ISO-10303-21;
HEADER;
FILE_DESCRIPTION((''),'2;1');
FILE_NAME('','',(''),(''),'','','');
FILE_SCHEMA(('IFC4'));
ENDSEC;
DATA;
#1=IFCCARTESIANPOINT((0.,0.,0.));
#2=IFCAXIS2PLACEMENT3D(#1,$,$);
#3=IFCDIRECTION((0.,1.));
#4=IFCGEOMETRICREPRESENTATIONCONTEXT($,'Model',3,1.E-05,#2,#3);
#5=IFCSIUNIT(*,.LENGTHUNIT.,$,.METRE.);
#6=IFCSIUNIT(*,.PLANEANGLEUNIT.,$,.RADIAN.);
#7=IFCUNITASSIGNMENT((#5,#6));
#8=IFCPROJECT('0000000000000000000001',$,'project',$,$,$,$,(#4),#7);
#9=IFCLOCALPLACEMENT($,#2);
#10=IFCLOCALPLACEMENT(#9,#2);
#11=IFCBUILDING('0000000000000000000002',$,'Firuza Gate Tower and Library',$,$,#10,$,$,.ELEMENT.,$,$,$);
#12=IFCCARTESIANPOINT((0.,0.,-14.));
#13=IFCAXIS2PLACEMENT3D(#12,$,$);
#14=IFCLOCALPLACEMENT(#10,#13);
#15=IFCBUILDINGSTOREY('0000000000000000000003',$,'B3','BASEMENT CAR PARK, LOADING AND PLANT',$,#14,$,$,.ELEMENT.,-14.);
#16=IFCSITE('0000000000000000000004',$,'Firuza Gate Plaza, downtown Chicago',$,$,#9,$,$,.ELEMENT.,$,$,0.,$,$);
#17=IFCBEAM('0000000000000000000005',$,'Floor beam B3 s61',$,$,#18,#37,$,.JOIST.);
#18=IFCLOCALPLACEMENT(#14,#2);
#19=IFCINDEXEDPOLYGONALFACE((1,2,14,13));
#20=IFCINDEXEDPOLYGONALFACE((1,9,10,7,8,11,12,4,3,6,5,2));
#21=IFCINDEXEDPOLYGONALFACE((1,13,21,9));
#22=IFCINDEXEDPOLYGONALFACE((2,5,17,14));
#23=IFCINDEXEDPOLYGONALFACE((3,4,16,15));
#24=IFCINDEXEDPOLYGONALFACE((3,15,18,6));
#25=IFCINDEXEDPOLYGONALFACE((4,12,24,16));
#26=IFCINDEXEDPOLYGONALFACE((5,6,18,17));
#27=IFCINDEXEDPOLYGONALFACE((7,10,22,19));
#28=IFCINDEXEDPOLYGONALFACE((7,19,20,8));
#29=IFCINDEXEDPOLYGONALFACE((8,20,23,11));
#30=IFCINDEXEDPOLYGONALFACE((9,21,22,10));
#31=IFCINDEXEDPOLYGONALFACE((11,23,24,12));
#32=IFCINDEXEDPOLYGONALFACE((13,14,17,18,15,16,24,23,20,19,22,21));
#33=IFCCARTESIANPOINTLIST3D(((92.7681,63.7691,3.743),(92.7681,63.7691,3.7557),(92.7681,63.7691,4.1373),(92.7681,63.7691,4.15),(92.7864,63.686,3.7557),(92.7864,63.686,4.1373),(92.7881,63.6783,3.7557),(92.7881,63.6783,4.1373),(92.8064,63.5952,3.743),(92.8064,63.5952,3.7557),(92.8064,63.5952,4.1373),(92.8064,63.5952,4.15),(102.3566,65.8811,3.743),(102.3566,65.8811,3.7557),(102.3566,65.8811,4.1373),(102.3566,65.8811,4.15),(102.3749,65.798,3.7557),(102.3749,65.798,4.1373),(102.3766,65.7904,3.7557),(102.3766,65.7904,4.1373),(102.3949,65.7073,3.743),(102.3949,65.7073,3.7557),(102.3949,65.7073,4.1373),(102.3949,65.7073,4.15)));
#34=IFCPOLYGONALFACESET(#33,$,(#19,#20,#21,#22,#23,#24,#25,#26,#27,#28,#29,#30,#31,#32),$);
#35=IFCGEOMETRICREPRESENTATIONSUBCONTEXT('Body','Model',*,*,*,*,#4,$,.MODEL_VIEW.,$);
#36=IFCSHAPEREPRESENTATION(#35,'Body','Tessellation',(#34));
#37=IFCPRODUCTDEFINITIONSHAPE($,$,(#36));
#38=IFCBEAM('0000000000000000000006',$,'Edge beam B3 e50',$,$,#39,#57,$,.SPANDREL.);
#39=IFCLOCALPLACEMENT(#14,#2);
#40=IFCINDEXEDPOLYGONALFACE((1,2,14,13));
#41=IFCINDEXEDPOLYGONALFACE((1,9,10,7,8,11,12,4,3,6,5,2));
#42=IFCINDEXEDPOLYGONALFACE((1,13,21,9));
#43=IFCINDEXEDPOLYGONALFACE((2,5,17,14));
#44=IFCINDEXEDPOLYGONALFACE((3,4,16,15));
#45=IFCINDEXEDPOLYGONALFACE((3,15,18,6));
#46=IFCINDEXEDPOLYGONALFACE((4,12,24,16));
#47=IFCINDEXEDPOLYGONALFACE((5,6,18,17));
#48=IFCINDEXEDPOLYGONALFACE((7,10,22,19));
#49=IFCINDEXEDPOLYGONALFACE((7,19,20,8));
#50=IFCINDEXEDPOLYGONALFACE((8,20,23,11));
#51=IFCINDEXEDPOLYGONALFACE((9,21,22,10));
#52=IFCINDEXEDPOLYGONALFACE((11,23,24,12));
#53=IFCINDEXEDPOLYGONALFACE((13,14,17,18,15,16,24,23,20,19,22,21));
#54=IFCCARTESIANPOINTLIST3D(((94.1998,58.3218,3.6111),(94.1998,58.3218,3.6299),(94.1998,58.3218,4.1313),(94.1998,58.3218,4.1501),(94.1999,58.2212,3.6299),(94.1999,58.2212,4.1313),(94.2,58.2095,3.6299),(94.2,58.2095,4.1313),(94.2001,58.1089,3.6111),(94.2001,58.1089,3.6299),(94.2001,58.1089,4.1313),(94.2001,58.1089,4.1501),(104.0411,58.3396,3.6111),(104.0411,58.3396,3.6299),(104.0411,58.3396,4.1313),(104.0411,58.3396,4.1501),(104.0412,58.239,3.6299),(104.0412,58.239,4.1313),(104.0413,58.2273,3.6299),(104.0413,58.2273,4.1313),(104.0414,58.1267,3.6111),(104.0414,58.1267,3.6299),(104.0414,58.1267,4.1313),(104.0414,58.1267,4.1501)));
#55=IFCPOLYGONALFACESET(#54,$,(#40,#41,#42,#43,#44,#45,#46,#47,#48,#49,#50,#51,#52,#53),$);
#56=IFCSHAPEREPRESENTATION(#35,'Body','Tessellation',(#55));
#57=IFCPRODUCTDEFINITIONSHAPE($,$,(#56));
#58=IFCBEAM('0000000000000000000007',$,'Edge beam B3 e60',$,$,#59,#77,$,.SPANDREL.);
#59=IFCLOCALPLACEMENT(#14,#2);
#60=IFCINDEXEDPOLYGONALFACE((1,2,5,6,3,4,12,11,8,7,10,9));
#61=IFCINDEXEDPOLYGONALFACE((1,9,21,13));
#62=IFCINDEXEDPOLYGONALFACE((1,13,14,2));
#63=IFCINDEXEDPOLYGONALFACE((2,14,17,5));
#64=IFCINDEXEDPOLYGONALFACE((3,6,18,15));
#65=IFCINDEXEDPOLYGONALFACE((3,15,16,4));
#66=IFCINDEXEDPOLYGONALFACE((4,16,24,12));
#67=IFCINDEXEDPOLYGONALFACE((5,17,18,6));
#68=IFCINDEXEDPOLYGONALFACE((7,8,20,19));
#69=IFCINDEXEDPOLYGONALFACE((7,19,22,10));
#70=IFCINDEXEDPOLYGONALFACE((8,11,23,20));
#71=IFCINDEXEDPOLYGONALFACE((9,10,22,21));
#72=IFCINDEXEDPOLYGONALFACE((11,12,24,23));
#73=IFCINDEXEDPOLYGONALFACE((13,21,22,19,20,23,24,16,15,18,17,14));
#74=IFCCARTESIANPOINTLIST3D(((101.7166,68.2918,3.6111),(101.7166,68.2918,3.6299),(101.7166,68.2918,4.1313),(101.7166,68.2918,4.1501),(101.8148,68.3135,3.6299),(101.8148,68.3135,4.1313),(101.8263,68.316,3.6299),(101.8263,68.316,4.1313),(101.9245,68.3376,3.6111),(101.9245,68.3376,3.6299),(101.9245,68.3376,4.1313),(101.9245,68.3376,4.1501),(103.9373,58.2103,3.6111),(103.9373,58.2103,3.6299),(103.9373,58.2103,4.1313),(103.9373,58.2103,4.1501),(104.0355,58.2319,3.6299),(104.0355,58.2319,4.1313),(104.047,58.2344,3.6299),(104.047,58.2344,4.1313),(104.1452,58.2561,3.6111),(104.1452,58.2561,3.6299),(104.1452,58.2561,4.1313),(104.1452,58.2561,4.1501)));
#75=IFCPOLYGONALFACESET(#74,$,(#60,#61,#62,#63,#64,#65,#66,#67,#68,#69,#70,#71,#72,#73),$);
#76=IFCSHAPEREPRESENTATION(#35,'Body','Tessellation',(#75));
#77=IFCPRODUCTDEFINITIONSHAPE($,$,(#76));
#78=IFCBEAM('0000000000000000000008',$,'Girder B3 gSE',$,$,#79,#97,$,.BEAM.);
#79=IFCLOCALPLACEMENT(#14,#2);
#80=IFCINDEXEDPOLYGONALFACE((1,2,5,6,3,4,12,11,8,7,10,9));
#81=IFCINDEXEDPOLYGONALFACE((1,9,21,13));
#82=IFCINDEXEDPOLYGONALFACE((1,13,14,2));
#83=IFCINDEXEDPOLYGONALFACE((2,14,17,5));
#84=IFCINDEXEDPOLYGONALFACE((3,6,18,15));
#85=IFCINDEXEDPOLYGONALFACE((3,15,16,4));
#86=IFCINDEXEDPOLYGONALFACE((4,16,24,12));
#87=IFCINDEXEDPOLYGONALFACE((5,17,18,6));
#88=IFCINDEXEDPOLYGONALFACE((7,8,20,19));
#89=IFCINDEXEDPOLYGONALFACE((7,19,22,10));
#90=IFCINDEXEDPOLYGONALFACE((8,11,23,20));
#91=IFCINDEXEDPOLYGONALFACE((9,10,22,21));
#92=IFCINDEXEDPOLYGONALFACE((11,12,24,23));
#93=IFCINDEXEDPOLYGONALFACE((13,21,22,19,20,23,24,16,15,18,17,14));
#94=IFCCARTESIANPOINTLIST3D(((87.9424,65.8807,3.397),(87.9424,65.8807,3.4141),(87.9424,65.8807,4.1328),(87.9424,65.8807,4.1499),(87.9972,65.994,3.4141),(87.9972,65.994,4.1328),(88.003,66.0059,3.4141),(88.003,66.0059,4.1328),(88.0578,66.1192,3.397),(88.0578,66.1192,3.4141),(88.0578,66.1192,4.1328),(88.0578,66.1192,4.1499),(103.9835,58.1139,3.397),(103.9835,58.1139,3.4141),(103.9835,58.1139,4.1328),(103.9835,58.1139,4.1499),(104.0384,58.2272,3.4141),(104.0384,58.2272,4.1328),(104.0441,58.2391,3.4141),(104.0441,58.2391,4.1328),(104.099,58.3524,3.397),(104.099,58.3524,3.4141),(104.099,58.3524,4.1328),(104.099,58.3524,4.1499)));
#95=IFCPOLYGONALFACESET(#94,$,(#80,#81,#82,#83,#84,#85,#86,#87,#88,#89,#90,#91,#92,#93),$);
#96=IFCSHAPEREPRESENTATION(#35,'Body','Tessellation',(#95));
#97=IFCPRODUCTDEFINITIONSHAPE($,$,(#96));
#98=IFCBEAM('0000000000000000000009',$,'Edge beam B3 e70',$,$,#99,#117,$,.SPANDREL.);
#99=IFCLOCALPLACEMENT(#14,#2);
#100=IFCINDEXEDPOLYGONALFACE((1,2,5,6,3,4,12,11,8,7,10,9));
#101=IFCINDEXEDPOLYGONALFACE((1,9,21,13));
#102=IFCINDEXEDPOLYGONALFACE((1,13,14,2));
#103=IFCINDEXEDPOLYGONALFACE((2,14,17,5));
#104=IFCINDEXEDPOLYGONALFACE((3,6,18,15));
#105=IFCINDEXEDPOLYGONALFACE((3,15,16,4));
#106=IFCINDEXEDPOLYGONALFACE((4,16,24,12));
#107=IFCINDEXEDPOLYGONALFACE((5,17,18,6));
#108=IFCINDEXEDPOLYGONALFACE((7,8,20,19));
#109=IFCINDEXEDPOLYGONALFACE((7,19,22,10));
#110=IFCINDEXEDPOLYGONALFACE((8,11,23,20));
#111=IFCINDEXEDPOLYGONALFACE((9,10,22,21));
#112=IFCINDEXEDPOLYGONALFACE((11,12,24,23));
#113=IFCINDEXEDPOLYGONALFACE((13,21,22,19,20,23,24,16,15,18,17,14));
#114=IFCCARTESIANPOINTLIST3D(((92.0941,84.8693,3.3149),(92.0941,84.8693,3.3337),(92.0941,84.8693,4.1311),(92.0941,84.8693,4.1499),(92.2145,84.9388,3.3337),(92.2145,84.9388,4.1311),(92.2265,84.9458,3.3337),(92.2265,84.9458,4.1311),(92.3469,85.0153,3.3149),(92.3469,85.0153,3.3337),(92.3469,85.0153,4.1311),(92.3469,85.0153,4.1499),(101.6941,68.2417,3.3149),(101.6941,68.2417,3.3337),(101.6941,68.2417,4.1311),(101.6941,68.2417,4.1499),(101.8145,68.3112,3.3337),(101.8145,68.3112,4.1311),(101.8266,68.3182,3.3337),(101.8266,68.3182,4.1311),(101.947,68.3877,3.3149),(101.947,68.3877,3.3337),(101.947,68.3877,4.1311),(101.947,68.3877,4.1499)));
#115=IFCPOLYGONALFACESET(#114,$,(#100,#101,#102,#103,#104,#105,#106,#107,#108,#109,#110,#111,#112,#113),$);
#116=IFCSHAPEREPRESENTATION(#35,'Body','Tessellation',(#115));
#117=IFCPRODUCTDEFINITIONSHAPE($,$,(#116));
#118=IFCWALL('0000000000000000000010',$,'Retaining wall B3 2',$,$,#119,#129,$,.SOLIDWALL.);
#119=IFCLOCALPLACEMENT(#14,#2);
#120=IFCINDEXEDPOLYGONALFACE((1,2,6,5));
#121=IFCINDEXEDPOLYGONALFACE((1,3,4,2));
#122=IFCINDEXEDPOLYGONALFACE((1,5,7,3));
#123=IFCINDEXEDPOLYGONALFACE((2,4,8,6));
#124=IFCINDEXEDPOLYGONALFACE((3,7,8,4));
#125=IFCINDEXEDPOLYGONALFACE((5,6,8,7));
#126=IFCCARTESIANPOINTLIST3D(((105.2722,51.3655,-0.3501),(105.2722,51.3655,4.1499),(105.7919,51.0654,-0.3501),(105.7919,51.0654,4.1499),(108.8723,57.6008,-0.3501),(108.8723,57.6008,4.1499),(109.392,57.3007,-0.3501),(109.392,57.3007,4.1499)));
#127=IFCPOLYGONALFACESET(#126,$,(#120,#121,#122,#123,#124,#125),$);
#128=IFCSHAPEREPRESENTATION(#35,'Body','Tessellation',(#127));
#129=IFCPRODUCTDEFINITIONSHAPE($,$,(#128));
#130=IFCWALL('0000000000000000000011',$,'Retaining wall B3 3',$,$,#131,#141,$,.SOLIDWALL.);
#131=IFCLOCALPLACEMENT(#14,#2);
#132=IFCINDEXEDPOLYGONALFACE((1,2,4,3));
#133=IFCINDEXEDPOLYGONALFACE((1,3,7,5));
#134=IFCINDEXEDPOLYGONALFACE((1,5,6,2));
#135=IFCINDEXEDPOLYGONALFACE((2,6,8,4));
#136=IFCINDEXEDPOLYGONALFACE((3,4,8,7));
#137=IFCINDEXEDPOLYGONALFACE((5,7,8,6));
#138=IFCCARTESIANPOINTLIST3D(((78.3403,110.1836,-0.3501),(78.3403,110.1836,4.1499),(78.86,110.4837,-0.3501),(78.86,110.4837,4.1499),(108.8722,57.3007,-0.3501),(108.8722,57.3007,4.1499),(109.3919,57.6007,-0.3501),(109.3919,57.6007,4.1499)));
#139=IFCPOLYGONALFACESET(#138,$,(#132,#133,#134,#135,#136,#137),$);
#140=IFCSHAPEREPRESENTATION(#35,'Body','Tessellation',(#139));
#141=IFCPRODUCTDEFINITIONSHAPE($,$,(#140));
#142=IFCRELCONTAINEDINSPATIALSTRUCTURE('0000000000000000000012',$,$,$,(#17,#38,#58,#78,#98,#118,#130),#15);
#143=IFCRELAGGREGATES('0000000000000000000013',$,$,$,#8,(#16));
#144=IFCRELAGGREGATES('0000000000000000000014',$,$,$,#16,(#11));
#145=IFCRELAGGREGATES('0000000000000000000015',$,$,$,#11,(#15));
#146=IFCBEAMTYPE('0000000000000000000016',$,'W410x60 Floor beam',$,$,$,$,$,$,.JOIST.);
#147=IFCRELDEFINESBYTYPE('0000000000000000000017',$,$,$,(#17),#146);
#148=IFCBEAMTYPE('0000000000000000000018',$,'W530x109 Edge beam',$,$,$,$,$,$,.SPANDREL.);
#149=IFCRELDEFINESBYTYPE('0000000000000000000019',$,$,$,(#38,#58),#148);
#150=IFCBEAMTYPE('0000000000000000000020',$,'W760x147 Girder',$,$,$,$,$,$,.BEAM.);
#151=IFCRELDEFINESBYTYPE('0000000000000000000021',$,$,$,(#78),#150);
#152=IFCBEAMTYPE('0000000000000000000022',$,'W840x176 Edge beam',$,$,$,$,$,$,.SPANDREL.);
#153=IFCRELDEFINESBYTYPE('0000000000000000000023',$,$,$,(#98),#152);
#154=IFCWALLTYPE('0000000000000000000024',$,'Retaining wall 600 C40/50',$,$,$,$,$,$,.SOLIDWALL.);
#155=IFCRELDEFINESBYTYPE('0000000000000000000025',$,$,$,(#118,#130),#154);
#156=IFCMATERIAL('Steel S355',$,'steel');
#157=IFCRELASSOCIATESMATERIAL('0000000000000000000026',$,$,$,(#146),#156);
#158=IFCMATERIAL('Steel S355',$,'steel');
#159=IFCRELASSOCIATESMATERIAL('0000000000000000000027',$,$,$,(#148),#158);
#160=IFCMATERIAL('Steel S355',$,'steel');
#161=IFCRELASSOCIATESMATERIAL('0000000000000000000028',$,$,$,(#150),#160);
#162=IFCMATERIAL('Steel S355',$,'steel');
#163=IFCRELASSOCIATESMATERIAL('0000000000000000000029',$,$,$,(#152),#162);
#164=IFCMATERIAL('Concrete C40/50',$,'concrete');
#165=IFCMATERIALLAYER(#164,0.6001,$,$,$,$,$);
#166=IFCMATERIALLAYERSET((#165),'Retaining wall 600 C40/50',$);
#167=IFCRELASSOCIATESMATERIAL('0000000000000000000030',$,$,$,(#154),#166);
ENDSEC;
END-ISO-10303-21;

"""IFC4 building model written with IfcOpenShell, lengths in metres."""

from ifc_helpers import new_model, si_unit, direction, frame, frame_2d, origin, origin_2d, place, context, subcontext, project, spatial, rectangle, i_section, extrude, material, layer, layer_set, material_profile, profile_set, type_object, element, save


model = new_model("IFC4")

# Units and contexts
model_context = context("Model", 3, precision=1e-05, world=origin(), true_north=direction((0.0, 1.0)))
body_context = subcontext(model_context, "Body", "Model", "MODEL_VIEW")
ifc_project = project(units=[si_unit("LENGTHUNIT", "METRE"), si_unit("PLANEANGLEUNIT", "RADIAN")], contexts=[model_context])

# Site, building, storey
site_placement = place(None, origin())
site = spatial("IfcSite", under=ifc_project, at=site_placement, Name="Firuza Gate Plaza, downtown Chicago", CompositionType="ELEMENT", RefElevation=0.0)
building_placement = place(site_placement, origin())
building = spatial("IfcBuilding", under=site, at=building_placement, Name="Firuza Gate Tower and Library", CompositionType="ELEMENT")
storey_placement = place(building_placement, frame((0.0, 0.0, -14.0)))
storey = spatial("IfcBuildingStorey", under=building, at=storey_placement, Name="B3", Description="BASEMENT CAR PARK, LOADING AND PLANT", CompositionType="ELEMENT", Elevation=-14.0)

# Beams
ifc_material_1 = material(Name="Steel S355", Category="steel")
ifc_material_profile_1 = material_profile(ifc_material_1, i_section(OverallWidth=0.178, OverallDepth=0.407, WebThickness=0.0078, FlangeThickness=0.0127, at=origin_2d()))
ifc_profile_set_1 = profile_set([ifc_material_profile_1], Name="Steel S355")
beam_type_1 = type_object("IfcBeamType", Name="W410x60 Floor beam", PredefinedType="JOIST", material=ifc_profile_set_1)
beam_1_placement = place(storey_placement, frame((102.3757, 65.7942, 3.9465), z_axis=(-0.97659, -0.215111, 0.0), x_axis=(0.215111, -0.97659, 0.0)))
element("IfcBeam", 1, at=beam_1_placement, inside=storey, type_object=beam_type_1, Name="Floor beam B3 s61", PredefinedType="JOIST", context=body_context, shape_type="SweptSolid", body=[
    extrude(i_section(OverallWidth=0.178, OverallDepth=0.407, WebThickness=0.0078, FlangeThickness=0.0127, at=origin_2d()), origin(), (0.0, 0.0, 1.0), 9.8184),
])
ifc_material_2 = material(Name="Steel S355", Category="steel")
ifc_material_profile_2 = material_profile(ifc_material_2, i_section(OverallWidth=0.2129, OverallDepth=0.5391, WebThickness=0.0117, FlangeThickness=0.0188, at=origin_2d()))
ifc_profile_set_2 = profile_set([ifc_material_profile_2], Name="Steel S355")
beam_type_2 = type_object("IfcBeamType", Name="W530x109 Edge beam", PredefinedType="SPANDREL", material=ifc_profile_set_2)
beam_2_placement = place(storey_placement, frame((94.2, 58.2153, 3.8806), z_axis=(0.999998, 0.001811, 0.0), x_axis=(-0.001811, 0.999998, 0.0)))
element("IfcBeam", 2, at=beam_2_placement, inside=storey, type_object=beam_type_2, Name="Edge beam B3 e50", PredefinedType="SPANDREL", context=body_context, shape_type="SweptSolid", body=[
    extrude(i_section(OverallWidth=0.2129, OverallDepth=0.5391, WebThickness=0.0117, FlangeThickness=0.0188, at=origin_2d()), origin(), (0.0, 0.0, 1.0), 9.8413),
])
beam_3_placement = place(storey_placement, frame((104.0413, 58.2332, 3.8806), z_axis=(-0.215117, 0.976588, 0.0), x_axis=(-0.976588, -0.215117, 0.0)))
element("IfcBeam", 3, at=beam_3_placement, inside=storey, type_object=beam_type_2, Name="Edge beam B3 e60", PredefinedType="SPANDREL", context=body_context, shape_type="SweptSolid", body=[
    extrude(i_section(OverallWidth=0.2129, OverallDepth=0.5391, WebThickness=0.0117, FlangeThickness=0.0188, at=origin_2d()), origin(), (0.0, 0.0, 1.0), 10.3232),
])
ifc_material_3 = material(Name="Steel S355", Category="steel")
ifc_material_profile_3 = material_profile(ifc_material_3, i_section(OverallWidth=0.2649, OverallDepth=0.7529, WebThickness=0.0132, FlangeThickness=0.0171, at=origin_2d()))
ifc_profile_set_3 = profile_set([ifc_material_profile_3], Name="Steel S355")
beam_type_3 = type_object("IfcBeamType", Name="W760x147 Girder", PredefinedType="BEAM", material=ifc_profile_set_3)
beam_4_placement = place(storey_placement, frame((104.0413, 58.2332, 3.7734), z_axis=(-0.90005, 0.435786, 0.0), x_axis=(-0.435786, -0.90005, 0.0)))
element("IfcBeam", 4, at=beam_4_placement, inside=storey, type_object=beam_type_3, Name="Girder B3 gSE", PredefinedType="BEAM", context=body_context, shape_type="SweptSolid", body=[
    extrude(i_section(OverallWidth=0.2649, OverallDepth=0.7529, WebThickness=0.0132, FlangeThickness=0.0171, at=origin_2d()), origin(), (0.0, 0.0, 1.0), 17.8225),
])
ifc_material_4 = material(Name="Steel S355", Category="steel")
ifc_material_profile_4 = material_profile(ifc_material_4, i_section(OverallWidth=0.292, OverallDepth=0.835, WebThickness=0.0139, FlangeThickness=0.0188, at=origin_2d()))
ifc_profile_set_4 = profile_set([ifc_material_profile_4], Name="Steel S355")
beam_type_4 = type_object("IfcBeamType", Name="W840x176 Edge beam", PredefinedType="SPANDREL", material=ifc_profile_set_4)
beam_5_placement = place(storey_placement, frame((101.8206, 68.3147, 3.7324), z_axis=(-0.500004, 0.866023, 0.0), x_axis=(-0.866023, -0.500004, 0.0)))
element("IfcBeam", 5, at=beam_5_placement, inside=storey, type_object=beam_type_4, Name="Edge beam B3 e70", PredefinedType="SPANDREL", context=body_context, shape_type="SweptSolid", body=[
    extrude(i_section(OverallWidth=0.292, OverallDepth=0.835, WebThickness=0.0139, FlangeThickness=0.0188, at=origin_2d()), origin(), (0.0, 0.0, 1.0), 19.2),
])

# Walls
ifc_material_5 = material(Name="Concrete C40/50", Category="concrete")
ifc_layer = layer(ifc_material_5, 0.6001)
ifc_layer_set = layer_set([ifc_layer], Name="Retaining wall 600 C40/50")
wall_type = type_object("IfcWallType", Name="Retaining wall 600 C40/50", PredefinedType="SOLIDWALL", material=ifc_layer_set)
wall_1_placement = place(storey_placement, frame((105.532, 51.2153, -0.3501), z_axis=(0.0, 0.0, 1.0), x_axis=(0.500012, 0.866018, 0.0)))
element("IfcWall", 6, at=wall_1_placement, inside=storey, type_object=wall_type, Name="Retaining wall B3 2", PredefinedType="SOLIDWALL", context=body_context, shape_type="SweptSolid", body=[
    extrude(rectangle(XDim=7.2, YDim=0.6001, at=frame_2d((3.6001, 0.0))), origin(), (0.0, 0.0, 1.0), 4.5),
])
wall_2_placement = place(storey_placement, frame((109.1321, 57.4507, -0.3501), z_axis=(0.0, 0.0, 1.0), x_axis=(-0.499999, 0.866026, 0.0)))
element("IfcWall", 7, at=wall_2_placement, inside=storey, type_object=wall_type, Name="Retaining wall B3 3", PredefinedType="SOLIDWALL", context=body_context, shape_type="SweptSolid", body=[
    extrude(rectangle(XDim=61.064, YDim=0.6001, at=frame_2d((30.532, 0.0))), origin(), (0.0, 0.0, 1.0), 4.5),
])

save(model, "model.ifc")
